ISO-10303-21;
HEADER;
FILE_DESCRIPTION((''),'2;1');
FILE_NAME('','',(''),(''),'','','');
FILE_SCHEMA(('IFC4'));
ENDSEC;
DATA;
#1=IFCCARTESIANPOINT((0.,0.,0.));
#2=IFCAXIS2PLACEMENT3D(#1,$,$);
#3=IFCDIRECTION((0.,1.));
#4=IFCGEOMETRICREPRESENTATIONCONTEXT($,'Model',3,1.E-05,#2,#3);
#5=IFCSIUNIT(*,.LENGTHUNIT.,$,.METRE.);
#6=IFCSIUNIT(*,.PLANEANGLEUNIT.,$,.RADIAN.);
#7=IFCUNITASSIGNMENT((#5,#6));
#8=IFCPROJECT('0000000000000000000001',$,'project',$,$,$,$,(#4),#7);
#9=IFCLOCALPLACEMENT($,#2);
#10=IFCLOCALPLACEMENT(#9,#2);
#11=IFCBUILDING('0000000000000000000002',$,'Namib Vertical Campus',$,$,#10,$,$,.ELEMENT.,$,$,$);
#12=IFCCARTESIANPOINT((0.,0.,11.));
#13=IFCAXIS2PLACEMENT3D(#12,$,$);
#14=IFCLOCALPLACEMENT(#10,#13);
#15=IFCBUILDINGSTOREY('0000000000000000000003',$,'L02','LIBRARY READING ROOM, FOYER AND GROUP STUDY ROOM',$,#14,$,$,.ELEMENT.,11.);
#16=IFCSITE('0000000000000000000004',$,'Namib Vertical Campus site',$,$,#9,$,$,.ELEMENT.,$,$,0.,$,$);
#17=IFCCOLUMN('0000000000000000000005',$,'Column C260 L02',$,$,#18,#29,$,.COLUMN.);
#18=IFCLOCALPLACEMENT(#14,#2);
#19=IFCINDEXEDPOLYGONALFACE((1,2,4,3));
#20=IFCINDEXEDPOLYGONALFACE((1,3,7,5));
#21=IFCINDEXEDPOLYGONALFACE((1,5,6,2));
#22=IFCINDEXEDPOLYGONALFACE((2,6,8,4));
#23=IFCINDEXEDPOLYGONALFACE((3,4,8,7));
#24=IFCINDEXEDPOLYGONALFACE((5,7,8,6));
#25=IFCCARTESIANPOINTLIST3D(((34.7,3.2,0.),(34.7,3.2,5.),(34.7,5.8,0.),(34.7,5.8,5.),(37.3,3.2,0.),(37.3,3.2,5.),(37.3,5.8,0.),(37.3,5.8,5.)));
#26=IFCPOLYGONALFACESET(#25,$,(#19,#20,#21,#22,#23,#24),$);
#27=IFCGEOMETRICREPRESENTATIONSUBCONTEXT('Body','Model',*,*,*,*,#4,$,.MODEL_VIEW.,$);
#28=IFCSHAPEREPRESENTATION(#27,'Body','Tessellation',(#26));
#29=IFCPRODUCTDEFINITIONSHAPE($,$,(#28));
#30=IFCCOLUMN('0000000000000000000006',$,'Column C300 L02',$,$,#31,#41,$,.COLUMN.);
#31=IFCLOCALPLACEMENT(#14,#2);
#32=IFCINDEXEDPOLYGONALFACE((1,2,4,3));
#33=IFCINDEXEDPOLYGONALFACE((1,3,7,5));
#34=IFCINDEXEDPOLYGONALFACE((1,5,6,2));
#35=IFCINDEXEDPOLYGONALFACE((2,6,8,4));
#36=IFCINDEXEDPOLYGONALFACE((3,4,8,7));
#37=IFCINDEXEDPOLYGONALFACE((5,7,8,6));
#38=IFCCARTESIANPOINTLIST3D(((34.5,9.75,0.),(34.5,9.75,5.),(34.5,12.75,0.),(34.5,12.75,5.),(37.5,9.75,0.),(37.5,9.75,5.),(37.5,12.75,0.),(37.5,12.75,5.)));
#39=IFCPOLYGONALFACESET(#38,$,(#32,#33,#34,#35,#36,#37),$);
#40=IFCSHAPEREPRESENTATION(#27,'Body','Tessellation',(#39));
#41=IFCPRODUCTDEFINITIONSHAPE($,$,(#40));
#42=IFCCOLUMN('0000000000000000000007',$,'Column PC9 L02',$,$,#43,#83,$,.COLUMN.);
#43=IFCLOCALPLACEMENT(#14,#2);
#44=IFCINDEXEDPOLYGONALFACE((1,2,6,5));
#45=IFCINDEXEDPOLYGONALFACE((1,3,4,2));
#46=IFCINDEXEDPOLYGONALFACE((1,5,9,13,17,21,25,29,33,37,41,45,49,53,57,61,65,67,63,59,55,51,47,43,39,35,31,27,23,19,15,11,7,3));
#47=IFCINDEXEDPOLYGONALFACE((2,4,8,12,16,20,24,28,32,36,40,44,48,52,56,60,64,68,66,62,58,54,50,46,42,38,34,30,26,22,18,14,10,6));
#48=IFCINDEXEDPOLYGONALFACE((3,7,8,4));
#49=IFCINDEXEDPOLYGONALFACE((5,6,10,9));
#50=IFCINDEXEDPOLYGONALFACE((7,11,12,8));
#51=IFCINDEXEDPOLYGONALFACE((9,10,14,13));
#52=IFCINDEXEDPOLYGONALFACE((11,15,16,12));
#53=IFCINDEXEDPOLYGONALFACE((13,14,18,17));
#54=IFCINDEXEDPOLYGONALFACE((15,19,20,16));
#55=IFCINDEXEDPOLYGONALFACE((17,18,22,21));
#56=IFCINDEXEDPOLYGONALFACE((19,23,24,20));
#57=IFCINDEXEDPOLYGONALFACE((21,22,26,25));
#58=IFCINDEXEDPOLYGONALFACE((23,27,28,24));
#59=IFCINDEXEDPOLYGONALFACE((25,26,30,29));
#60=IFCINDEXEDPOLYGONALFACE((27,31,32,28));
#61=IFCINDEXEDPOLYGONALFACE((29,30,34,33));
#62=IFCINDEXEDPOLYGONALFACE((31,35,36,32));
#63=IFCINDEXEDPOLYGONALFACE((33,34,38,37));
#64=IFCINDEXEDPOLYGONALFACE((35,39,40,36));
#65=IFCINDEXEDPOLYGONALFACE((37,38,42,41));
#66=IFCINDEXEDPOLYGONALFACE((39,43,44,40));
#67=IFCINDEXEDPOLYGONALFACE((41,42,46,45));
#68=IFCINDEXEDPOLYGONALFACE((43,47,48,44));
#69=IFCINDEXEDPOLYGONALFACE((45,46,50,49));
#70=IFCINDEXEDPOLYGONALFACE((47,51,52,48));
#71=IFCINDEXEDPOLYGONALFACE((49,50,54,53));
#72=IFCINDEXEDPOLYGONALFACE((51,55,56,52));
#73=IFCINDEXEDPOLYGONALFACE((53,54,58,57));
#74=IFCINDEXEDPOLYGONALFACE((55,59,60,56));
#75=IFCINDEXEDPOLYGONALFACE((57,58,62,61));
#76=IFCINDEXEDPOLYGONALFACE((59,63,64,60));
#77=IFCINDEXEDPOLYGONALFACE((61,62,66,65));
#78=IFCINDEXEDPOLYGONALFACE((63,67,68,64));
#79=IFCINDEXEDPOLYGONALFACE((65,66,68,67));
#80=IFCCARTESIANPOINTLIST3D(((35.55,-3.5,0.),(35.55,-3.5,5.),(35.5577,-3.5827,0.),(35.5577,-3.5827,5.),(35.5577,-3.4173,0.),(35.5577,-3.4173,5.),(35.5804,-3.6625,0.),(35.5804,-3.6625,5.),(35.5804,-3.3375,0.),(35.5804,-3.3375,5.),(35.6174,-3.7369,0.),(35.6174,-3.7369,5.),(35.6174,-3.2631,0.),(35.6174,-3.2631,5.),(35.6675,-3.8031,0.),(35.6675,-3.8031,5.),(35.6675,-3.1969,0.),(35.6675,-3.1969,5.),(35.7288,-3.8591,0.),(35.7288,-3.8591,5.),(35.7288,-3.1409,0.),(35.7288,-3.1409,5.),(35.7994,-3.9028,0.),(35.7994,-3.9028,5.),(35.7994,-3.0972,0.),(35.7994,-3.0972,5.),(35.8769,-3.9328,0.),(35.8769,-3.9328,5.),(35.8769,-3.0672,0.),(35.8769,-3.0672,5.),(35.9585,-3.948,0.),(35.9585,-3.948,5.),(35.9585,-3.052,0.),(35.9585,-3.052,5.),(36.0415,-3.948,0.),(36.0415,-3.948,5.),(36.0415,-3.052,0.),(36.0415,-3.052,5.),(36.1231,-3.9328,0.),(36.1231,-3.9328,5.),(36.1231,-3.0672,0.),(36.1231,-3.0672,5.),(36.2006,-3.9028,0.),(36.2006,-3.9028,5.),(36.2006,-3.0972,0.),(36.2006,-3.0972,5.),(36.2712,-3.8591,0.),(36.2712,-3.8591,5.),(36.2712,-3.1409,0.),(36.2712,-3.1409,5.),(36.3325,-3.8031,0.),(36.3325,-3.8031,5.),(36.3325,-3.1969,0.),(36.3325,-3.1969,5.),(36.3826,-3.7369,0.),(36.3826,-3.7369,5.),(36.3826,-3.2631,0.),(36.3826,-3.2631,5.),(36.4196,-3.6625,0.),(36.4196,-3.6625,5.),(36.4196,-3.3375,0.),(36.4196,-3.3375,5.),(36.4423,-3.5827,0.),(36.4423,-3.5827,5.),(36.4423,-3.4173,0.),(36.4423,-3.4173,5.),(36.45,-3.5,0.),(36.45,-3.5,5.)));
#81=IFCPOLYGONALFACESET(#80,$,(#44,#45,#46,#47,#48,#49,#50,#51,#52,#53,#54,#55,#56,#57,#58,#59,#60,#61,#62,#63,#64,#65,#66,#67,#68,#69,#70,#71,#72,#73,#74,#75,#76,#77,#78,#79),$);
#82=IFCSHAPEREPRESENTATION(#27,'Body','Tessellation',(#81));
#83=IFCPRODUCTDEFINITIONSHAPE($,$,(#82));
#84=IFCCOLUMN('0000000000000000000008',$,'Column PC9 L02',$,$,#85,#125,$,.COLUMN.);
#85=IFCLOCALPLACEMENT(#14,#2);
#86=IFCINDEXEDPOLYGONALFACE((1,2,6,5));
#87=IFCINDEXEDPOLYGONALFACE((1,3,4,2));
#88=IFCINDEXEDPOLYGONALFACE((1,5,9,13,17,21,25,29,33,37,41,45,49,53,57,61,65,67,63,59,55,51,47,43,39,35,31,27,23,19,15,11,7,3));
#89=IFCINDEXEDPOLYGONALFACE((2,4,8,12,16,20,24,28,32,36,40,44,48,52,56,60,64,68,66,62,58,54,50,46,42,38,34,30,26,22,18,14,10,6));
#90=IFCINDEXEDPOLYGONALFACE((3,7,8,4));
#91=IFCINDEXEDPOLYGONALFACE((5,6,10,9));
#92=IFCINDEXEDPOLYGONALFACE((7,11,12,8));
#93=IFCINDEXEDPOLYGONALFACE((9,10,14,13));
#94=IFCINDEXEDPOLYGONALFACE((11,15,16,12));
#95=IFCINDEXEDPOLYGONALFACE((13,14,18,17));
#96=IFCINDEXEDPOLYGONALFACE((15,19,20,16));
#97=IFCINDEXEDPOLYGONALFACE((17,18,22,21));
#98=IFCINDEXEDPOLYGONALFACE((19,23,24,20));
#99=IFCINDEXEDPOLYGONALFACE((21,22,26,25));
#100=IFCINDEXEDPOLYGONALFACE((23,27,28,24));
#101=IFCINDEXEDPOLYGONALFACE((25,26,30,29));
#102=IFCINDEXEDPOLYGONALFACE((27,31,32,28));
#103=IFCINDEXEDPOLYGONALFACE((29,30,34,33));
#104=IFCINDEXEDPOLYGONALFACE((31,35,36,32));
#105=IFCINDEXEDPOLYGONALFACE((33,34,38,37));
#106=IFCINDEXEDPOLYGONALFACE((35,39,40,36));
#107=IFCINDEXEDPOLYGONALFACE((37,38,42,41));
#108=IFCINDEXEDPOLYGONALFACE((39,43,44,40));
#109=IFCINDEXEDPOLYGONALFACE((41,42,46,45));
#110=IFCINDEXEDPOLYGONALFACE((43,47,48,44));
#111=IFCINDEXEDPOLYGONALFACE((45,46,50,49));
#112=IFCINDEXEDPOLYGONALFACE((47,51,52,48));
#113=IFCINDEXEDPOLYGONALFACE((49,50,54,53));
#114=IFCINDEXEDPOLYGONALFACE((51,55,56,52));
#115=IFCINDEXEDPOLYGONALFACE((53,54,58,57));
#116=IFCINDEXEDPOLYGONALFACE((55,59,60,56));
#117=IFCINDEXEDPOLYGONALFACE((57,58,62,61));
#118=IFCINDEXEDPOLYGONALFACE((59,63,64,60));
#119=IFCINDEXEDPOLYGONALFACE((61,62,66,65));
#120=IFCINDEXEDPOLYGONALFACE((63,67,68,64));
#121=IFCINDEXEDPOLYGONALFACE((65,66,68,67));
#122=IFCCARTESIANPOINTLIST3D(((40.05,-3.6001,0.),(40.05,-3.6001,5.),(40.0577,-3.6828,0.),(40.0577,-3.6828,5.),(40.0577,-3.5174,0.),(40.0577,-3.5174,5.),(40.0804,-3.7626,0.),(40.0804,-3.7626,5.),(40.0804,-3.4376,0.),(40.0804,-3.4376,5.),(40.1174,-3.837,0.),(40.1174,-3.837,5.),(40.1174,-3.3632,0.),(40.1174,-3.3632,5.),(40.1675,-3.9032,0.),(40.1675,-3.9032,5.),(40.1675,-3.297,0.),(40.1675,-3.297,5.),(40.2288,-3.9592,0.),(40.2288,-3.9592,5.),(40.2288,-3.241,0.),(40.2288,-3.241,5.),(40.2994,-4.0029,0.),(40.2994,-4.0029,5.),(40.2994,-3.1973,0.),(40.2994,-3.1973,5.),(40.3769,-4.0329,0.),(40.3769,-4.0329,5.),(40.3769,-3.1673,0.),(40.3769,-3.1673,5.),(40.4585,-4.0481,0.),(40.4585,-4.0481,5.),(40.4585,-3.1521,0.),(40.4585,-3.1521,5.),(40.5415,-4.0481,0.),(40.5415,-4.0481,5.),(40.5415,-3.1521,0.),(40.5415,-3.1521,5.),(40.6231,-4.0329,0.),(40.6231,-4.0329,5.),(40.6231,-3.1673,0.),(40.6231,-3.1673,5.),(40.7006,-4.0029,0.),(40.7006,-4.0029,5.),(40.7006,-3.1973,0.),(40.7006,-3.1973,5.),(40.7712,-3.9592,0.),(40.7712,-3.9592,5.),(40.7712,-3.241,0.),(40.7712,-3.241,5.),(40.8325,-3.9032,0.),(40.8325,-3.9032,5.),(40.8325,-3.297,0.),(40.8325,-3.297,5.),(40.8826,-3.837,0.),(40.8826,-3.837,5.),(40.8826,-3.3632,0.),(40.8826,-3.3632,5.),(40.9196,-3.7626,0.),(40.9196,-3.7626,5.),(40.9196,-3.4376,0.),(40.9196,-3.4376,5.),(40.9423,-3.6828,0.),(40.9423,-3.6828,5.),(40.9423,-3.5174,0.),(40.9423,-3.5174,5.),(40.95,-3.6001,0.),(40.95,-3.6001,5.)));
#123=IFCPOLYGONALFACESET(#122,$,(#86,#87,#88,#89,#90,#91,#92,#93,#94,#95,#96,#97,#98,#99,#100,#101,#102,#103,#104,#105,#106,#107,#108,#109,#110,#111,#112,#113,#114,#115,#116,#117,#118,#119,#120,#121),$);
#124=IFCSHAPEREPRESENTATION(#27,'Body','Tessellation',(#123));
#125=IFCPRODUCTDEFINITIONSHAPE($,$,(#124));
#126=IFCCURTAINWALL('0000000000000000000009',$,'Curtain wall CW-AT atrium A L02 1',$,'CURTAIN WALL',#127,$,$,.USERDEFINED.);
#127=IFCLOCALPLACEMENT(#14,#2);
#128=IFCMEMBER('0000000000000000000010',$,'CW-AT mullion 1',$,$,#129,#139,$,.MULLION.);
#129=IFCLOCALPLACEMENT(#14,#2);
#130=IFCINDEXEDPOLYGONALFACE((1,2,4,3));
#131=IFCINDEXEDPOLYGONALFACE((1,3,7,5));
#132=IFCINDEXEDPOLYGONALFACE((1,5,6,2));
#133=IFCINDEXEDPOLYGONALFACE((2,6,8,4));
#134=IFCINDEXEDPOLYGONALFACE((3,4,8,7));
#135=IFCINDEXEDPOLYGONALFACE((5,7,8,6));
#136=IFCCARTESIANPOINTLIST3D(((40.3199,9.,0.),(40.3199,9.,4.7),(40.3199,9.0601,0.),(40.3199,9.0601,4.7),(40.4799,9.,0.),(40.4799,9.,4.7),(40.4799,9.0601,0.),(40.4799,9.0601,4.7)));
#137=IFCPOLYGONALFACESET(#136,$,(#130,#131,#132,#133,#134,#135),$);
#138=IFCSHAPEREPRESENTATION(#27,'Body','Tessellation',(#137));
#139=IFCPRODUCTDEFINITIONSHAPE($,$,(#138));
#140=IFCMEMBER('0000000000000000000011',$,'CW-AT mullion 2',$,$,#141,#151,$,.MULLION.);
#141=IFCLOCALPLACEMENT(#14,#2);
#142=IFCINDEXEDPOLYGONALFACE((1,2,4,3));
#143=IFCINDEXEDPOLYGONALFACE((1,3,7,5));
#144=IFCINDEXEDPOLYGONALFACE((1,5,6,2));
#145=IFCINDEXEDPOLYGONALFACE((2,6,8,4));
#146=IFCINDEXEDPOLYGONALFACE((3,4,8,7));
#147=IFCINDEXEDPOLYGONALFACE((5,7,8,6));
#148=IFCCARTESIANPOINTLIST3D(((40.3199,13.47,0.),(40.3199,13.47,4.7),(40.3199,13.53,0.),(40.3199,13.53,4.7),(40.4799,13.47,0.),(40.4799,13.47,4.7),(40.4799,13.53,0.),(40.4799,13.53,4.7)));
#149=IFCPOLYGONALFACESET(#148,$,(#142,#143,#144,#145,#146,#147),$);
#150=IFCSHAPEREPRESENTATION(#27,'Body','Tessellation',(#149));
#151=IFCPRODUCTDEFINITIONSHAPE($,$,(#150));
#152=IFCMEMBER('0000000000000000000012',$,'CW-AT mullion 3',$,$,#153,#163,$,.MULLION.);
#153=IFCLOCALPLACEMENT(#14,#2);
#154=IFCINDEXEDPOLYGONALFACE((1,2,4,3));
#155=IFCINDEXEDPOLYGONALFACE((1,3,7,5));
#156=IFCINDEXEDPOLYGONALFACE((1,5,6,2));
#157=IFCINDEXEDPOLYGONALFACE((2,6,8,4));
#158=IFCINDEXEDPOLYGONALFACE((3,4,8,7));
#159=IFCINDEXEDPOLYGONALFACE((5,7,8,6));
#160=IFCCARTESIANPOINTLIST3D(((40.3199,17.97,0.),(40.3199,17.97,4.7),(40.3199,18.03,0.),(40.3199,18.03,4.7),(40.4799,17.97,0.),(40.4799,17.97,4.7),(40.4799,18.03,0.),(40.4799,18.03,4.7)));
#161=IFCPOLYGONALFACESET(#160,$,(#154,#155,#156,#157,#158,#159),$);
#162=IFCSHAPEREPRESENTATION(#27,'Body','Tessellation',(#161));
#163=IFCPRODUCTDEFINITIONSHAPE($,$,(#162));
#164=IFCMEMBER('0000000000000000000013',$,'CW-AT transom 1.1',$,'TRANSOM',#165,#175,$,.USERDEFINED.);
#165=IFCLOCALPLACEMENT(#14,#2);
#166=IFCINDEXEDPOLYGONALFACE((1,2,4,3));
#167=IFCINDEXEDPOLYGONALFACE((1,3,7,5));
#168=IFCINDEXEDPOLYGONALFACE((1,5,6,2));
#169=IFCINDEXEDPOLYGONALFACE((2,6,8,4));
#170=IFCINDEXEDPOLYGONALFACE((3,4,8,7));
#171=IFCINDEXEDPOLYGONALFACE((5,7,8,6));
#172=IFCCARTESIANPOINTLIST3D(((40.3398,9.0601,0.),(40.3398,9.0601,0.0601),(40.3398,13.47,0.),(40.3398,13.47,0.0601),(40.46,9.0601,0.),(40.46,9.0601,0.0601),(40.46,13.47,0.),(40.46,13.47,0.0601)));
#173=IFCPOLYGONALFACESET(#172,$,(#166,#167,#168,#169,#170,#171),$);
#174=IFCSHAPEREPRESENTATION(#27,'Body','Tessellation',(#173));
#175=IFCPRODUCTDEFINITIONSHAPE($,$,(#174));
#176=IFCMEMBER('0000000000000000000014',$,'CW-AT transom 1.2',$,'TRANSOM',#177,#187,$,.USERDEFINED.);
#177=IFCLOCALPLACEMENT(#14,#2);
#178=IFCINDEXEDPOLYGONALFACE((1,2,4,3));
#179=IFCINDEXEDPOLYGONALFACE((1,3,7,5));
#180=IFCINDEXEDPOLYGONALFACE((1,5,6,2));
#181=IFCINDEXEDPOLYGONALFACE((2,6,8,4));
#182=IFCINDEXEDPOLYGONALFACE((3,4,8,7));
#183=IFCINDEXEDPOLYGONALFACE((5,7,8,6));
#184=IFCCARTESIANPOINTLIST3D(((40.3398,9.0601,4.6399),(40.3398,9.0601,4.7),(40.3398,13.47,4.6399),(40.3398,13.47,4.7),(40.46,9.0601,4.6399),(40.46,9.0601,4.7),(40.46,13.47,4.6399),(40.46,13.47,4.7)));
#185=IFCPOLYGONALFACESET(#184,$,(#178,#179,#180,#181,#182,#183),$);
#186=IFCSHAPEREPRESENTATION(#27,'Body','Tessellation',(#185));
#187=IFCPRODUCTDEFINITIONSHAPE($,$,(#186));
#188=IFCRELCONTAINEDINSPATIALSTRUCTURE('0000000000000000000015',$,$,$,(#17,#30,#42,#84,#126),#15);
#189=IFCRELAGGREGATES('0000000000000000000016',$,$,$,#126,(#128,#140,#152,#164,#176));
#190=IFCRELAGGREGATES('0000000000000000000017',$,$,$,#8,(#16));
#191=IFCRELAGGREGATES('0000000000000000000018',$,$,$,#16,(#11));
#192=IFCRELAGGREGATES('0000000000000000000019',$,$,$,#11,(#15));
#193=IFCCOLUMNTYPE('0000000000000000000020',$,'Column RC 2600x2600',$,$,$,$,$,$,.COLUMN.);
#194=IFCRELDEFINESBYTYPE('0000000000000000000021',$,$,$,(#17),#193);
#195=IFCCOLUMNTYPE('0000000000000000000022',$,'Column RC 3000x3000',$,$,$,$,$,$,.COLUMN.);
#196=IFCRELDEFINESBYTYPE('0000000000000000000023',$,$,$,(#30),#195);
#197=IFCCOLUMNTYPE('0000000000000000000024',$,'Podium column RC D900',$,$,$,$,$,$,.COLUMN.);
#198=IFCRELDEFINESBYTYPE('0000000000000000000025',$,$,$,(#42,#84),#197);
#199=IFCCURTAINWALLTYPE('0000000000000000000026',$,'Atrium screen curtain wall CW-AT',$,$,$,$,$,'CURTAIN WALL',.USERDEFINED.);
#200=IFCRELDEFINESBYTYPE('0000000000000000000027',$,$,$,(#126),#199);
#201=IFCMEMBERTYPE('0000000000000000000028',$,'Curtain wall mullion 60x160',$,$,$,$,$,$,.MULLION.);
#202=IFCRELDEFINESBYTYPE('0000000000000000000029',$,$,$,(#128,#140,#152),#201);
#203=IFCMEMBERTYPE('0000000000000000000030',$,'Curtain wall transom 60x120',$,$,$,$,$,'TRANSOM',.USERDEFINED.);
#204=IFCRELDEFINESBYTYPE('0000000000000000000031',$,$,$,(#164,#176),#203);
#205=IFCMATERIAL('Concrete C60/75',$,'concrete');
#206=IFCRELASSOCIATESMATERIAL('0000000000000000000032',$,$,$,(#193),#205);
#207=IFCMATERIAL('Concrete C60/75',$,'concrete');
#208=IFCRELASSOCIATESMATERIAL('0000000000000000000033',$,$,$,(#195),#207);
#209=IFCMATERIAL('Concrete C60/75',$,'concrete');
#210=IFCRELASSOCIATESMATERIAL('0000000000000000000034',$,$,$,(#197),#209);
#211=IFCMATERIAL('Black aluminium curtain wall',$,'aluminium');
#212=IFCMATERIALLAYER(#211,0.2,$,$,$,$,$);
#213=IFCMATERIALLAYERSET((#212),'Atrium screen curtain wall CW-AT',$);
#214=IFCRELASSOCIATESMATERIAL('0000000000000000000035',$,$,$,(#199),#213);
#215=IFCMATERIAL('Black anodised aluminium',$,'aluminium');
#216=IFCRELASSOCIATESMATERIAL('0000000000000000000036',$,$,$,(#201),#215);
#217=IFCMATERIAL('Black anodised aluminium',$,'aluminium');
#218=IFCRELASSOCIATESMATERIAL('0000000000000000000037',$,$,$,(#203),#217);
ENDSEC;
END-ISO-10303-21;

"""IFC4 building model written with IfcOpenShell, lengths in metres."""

from ifc_helpers import new_model, si_unit, direction, frame, origin, origin_2d, place, context, subcontext, project, spatial, rectangle, circle, extrude, material, layer, layer_set, material_profile, profile_set, type_object, element, aggregate, save


model = new_model("IFC4")

# Units and contexts
model_context = context("Model", 3, precision=1e-05, world=origin(), true_north=direction((0.0, 1.0)))
body_context = subcontext(model_context, "Body", "Model", "MODEL_VIEW")
ifc_project = project(units=[si_unit("LENGTHUNIT", "METRE"), si_unit("PLANEANGLEUNIT", "RADIAN")], contexts=[model_context])

# Site, building, storey
site_placement = place(None, origin())
site = spatial("IfcSite", under=ifc_project, at=site_placement, Name="Namib Vertical Campus site", CompositionType="ELEMENT", RefElevation=0.0)
building_placement = place(site_placement, origin())
building = spatial("IfcBuilding", under=site, at=building_placement, Name="Namib Vertical Campus", CompositionType="ELEMENT")
storey_placement = place(building_placement, frame((0.0, 0.0, 11.0)))
storey = spatial("IfcBuildingStorey", under=building, at=storey_placement, Name="L02", Description="LIBRARY READING ROOM, FOYER AND GROUP STUDY ROOM", CompositionType="ELEMENT", Elevation=11.0)

# Columns
ifc_material_1 = material(Name="Concrete C60/75", Category="concrete")
ifc_material_profile_1 = material_profile(ifc_material_1, rectangle(XDim=2.6001, YDim=2.6001, at=origin_2d()))
ifc_profile_set_1 = profile_set([ifc_material_profile_1], Name="Concrete C60/75")
column_type_1 = type_object("IfcColumnType", Name="Column RC 2600x2600", PredefinedType="COLUMN", material=ifc_profile_set_1)
column_1_placement = place(storey_placement, frame((36.0, 4.5, 0.0), z_axis=(0.0, 0.0, 1.0), x_axis=(1.0, 0.0, 0.0)))
element("IfcColumn", 1, at=column_1_placement, inside=storey, type_object=column_type_1, Name="Column C260 L02", PredefinedType="COLUMN", context=body_context, shape_type="SweptSolid", body=[
    extrude(rectangle(XDim=2.6001, YDim=2.6001, at=origin_2d()), origin(), (0.0, 0.0, 1.0), 5.0),
])
ifc_material_2 = material(Name="Concrete C60/75", Category="concrete")
ifc_material_profile_2 = material_profile(ifc_material_2, rectangle(XDim=3.0, YDim=3.0, at=origin_2d()))
ifc_profile_set_2 = profile_set([ifc_material_profile_2], Name="Concrete C60/75")
column_type_2 = type_object("IfcColumnType", Name="Column RC 3000x3000", PredefinedType="COLUMN", material=ifc_profile_set_2)
column_2_placement = place(storey_placement, frame((36.0, 11.25, 0.0), z_axis=(0.0, 0.0, 1.0), x_axis=(1.0, 0.0, 0.0)))
element("IfcColumn", 2, at=column_2_placement, inside=storey, type_object=column_type_2, Name="Column C300 L02", PredefinedType="COLUMN", context=body_context, shape_type="SweptSolid", body=[
    extrude(rectangle(XDim=3.0, YDim=3.0, at=origin_2d()), origin(), (0.0, 0.0, 1.0), 5.0),
])
ifc_material_3 = material(Name="Concrete C60/75", Category="concrete")
ifc_material_profile_3 = material_profile(ifc_material_3, circle(Radius=0.45, at=origin_2d()))
ifc_profile_set_3 = profile_set([ifc_material_profile_3], Name="Concrete C60/75")
column_type_3 = type_object("IfcColumnType", Name="Podium column RC D900", PredefinedType="COLUMN", material=ifc_profile_set_3)
for number, where, z_axis, x_axis, name in (
    (3, (36.0, -3.5, 0.0), (0.0, 0.0, 1.0), (1.0, 0.0, 0.0), "Column PC9 L02"),
    (4, (40.5, -3.6001, 0.0), (0.0, 0.0, 1.0), (1.0, 0.0, 0.0), "Column PC9 L02"),
):
    element("IfcColumn", number, at=place(storey_placement, frame(where, z_axis=z_axis, x_axis=x_axis)), inside=storey, type_object=column_type_3, Name=name, PredefinedType="COLUMN", context=body_context, shape_type="SweptSolid", body=[
        extrude(circle(Radius=0.45, at=origin_2d()), origin(), (0.0, 0.0, 1.0), 5.0),
    ])

# Curtain wall, members
ifc_material_4 = material(Name="Black aluminium curtain wall", Category="aluminium")
ifc_layer_1 = layer(ifc_material_4, 0.2)
ifc_layer_set_1 = layer_set([ifc_layer_1], Name="Atrium screen curtain wall CW-AT")
curtain_wall_type = type_object("IfcCurtainWallType", Name="Atrium screen curtain wall CW-AT", ElementType="CURTAIN WALL", PredefinedType="USERDEFINED", material=ifc_layer_set_1)
curtain_wall_placement = place(storey_placement, origin())
curtain_wall = element("IfcCurtainWall", 5, at=curtain_wall_placement, inside=storey, type_object=curtain_wall_type, Name="Curtain wall CW-AT atrium A L02 1", ObjectType="CURTAIN WALL", PredefinedType="USERDEFINED")
ifc_material_5 = material(Name="Black anodised aluminium", Category="aluminium")
ifc_material_profile_4 = material_profile(ifc_material_5, rectangle(XDim=0.0601, YDim=0.1599, at=origin_2d()))
ifc_profile_set_4 = profile_set([ifc_material_profile_4], Name="Black anodised aluminium")
member_type_1 = type_object("IfcMemberType", Name="Curtain wall mullion 60x160", PredefinedType="MULLION", material=ifc_profile_set_4)
member_1_placement = place(storey_placement, frame((40.3999, 9.03, 0.0), z_axis=(0.0, 0.0, 1.0), x_axis=(0.0, 1.0, 0.0)))
member_1 = element("IfcMember", 6, at=member_1_placement, type_object=member_type_1, Name="CW-AT mullion 1", PredefinedType="MULLION", context=body_context, shape_type="SweptSolid", body=[
    extrude(rectangle(XDim=0.0601, YDim=0.1599, at=origin_2d()), origin(), (0.0, 0.0, 1.0), 4.7),
])
member_2_placement = place(storey_placement, frame((40.3999, 13.5, 0.0), z_axis=(0.0, 0.0, 1.0), x_axis=(0.0, 1.0, 0.0)))
member_2 = element("IfcMember", 7, at=member_2_placement, type_object=member_type_1, Name="CW-AT mullion 2", PredefinedType="MULLION", context=body_context, shape_type="SweptSolid", body=[
    extrude(rectangle(XDim=0.0601, YDim=0.1599, at=origin_2d()), origin(), (0.0, 0.0, 1.0), 4.7),
])
member_3_placement = place(storey_placement, frame((40.3999, 18.0, 0.0), z_axis=(0.0, 0.0, 1.0), x_axis=(0.0, 1.0, 0.0)))
member_3 = element("IfcMember", 8, at=member_3_placement, type_object=member_type_1, Name="CW-AT mullion 3", PredefinedType="MULLION", context=body_context, shape_type="SweptSolid", body=[
    extrude(rectangle(XDim=0.0601, YDim=0.1599, at=origin_2d()), origin(), (0.0, 0.0, 1.0), 4.7),
])
ifc_material_6 = material(Name="Black anodised aluminium", Category="aluminium")
ifc_material_profile_5 = material_profile(ifc_material_6, rectangle(XDim=0.0601, YDim=0.1201, at=origin_2d()))
ifc_profile_set_5 = profile_set([ifc_material_profile_5], Name="Black anodised aluminium")
member_type_2 = type_object("IfcMemberType", Name="Curtain wall transom 60x120", ElementType="TRANSOM", PredefinedType="USERDEFINED", material=ifc_profile_set_5)
member_4_placement = place(storey_placement, frame((40.3999, 9.0601, 0.03), z_axis=(0.0, 1.0, 0.0), x_axis=(0.0, 0.0, 1.0)))
member_4 = element("IfcMember", 9, at=member_4_placement, type_object=member_type_2, Name="CW-AT transom 1.1", ObjectType="TRANSOM", PredefinedType="USERDEFINED", context=body_context, shape_type="SweptSolid", body=[
    extrude(rectangle(XDim=0.0601, YDim=0.1201, at=origin_2d()), origin(), (0.0, 0.0, 1.0), 4.4099),
])
member_5_placement = place(storey_placement, frame((40.3999, 9.0601, 4.6699), z_axis=(0.0, 1.0, 0.0), x_axis=(0.0, 0.0, 1.0)))
member_5 = element("IfcMember", 10, at=member_5_placement, type_object=member_type_2, Name="CW-AT transom 1.2", ObjectType="TRANSOM", PredefinedType="USERDEFINED", context=body_context, shape_type="SweptSolid", body=[
    extrude(rectangle(XDim=0.0601, YDim=0.1201, at=origin_2d()), origin(), (0.0, 0.0, 1.0), 4.4099),
])

aggregate(curtain_wall, [member_1, member_2, member_3, member_4, member_5])

save(model, "model.ifc")
